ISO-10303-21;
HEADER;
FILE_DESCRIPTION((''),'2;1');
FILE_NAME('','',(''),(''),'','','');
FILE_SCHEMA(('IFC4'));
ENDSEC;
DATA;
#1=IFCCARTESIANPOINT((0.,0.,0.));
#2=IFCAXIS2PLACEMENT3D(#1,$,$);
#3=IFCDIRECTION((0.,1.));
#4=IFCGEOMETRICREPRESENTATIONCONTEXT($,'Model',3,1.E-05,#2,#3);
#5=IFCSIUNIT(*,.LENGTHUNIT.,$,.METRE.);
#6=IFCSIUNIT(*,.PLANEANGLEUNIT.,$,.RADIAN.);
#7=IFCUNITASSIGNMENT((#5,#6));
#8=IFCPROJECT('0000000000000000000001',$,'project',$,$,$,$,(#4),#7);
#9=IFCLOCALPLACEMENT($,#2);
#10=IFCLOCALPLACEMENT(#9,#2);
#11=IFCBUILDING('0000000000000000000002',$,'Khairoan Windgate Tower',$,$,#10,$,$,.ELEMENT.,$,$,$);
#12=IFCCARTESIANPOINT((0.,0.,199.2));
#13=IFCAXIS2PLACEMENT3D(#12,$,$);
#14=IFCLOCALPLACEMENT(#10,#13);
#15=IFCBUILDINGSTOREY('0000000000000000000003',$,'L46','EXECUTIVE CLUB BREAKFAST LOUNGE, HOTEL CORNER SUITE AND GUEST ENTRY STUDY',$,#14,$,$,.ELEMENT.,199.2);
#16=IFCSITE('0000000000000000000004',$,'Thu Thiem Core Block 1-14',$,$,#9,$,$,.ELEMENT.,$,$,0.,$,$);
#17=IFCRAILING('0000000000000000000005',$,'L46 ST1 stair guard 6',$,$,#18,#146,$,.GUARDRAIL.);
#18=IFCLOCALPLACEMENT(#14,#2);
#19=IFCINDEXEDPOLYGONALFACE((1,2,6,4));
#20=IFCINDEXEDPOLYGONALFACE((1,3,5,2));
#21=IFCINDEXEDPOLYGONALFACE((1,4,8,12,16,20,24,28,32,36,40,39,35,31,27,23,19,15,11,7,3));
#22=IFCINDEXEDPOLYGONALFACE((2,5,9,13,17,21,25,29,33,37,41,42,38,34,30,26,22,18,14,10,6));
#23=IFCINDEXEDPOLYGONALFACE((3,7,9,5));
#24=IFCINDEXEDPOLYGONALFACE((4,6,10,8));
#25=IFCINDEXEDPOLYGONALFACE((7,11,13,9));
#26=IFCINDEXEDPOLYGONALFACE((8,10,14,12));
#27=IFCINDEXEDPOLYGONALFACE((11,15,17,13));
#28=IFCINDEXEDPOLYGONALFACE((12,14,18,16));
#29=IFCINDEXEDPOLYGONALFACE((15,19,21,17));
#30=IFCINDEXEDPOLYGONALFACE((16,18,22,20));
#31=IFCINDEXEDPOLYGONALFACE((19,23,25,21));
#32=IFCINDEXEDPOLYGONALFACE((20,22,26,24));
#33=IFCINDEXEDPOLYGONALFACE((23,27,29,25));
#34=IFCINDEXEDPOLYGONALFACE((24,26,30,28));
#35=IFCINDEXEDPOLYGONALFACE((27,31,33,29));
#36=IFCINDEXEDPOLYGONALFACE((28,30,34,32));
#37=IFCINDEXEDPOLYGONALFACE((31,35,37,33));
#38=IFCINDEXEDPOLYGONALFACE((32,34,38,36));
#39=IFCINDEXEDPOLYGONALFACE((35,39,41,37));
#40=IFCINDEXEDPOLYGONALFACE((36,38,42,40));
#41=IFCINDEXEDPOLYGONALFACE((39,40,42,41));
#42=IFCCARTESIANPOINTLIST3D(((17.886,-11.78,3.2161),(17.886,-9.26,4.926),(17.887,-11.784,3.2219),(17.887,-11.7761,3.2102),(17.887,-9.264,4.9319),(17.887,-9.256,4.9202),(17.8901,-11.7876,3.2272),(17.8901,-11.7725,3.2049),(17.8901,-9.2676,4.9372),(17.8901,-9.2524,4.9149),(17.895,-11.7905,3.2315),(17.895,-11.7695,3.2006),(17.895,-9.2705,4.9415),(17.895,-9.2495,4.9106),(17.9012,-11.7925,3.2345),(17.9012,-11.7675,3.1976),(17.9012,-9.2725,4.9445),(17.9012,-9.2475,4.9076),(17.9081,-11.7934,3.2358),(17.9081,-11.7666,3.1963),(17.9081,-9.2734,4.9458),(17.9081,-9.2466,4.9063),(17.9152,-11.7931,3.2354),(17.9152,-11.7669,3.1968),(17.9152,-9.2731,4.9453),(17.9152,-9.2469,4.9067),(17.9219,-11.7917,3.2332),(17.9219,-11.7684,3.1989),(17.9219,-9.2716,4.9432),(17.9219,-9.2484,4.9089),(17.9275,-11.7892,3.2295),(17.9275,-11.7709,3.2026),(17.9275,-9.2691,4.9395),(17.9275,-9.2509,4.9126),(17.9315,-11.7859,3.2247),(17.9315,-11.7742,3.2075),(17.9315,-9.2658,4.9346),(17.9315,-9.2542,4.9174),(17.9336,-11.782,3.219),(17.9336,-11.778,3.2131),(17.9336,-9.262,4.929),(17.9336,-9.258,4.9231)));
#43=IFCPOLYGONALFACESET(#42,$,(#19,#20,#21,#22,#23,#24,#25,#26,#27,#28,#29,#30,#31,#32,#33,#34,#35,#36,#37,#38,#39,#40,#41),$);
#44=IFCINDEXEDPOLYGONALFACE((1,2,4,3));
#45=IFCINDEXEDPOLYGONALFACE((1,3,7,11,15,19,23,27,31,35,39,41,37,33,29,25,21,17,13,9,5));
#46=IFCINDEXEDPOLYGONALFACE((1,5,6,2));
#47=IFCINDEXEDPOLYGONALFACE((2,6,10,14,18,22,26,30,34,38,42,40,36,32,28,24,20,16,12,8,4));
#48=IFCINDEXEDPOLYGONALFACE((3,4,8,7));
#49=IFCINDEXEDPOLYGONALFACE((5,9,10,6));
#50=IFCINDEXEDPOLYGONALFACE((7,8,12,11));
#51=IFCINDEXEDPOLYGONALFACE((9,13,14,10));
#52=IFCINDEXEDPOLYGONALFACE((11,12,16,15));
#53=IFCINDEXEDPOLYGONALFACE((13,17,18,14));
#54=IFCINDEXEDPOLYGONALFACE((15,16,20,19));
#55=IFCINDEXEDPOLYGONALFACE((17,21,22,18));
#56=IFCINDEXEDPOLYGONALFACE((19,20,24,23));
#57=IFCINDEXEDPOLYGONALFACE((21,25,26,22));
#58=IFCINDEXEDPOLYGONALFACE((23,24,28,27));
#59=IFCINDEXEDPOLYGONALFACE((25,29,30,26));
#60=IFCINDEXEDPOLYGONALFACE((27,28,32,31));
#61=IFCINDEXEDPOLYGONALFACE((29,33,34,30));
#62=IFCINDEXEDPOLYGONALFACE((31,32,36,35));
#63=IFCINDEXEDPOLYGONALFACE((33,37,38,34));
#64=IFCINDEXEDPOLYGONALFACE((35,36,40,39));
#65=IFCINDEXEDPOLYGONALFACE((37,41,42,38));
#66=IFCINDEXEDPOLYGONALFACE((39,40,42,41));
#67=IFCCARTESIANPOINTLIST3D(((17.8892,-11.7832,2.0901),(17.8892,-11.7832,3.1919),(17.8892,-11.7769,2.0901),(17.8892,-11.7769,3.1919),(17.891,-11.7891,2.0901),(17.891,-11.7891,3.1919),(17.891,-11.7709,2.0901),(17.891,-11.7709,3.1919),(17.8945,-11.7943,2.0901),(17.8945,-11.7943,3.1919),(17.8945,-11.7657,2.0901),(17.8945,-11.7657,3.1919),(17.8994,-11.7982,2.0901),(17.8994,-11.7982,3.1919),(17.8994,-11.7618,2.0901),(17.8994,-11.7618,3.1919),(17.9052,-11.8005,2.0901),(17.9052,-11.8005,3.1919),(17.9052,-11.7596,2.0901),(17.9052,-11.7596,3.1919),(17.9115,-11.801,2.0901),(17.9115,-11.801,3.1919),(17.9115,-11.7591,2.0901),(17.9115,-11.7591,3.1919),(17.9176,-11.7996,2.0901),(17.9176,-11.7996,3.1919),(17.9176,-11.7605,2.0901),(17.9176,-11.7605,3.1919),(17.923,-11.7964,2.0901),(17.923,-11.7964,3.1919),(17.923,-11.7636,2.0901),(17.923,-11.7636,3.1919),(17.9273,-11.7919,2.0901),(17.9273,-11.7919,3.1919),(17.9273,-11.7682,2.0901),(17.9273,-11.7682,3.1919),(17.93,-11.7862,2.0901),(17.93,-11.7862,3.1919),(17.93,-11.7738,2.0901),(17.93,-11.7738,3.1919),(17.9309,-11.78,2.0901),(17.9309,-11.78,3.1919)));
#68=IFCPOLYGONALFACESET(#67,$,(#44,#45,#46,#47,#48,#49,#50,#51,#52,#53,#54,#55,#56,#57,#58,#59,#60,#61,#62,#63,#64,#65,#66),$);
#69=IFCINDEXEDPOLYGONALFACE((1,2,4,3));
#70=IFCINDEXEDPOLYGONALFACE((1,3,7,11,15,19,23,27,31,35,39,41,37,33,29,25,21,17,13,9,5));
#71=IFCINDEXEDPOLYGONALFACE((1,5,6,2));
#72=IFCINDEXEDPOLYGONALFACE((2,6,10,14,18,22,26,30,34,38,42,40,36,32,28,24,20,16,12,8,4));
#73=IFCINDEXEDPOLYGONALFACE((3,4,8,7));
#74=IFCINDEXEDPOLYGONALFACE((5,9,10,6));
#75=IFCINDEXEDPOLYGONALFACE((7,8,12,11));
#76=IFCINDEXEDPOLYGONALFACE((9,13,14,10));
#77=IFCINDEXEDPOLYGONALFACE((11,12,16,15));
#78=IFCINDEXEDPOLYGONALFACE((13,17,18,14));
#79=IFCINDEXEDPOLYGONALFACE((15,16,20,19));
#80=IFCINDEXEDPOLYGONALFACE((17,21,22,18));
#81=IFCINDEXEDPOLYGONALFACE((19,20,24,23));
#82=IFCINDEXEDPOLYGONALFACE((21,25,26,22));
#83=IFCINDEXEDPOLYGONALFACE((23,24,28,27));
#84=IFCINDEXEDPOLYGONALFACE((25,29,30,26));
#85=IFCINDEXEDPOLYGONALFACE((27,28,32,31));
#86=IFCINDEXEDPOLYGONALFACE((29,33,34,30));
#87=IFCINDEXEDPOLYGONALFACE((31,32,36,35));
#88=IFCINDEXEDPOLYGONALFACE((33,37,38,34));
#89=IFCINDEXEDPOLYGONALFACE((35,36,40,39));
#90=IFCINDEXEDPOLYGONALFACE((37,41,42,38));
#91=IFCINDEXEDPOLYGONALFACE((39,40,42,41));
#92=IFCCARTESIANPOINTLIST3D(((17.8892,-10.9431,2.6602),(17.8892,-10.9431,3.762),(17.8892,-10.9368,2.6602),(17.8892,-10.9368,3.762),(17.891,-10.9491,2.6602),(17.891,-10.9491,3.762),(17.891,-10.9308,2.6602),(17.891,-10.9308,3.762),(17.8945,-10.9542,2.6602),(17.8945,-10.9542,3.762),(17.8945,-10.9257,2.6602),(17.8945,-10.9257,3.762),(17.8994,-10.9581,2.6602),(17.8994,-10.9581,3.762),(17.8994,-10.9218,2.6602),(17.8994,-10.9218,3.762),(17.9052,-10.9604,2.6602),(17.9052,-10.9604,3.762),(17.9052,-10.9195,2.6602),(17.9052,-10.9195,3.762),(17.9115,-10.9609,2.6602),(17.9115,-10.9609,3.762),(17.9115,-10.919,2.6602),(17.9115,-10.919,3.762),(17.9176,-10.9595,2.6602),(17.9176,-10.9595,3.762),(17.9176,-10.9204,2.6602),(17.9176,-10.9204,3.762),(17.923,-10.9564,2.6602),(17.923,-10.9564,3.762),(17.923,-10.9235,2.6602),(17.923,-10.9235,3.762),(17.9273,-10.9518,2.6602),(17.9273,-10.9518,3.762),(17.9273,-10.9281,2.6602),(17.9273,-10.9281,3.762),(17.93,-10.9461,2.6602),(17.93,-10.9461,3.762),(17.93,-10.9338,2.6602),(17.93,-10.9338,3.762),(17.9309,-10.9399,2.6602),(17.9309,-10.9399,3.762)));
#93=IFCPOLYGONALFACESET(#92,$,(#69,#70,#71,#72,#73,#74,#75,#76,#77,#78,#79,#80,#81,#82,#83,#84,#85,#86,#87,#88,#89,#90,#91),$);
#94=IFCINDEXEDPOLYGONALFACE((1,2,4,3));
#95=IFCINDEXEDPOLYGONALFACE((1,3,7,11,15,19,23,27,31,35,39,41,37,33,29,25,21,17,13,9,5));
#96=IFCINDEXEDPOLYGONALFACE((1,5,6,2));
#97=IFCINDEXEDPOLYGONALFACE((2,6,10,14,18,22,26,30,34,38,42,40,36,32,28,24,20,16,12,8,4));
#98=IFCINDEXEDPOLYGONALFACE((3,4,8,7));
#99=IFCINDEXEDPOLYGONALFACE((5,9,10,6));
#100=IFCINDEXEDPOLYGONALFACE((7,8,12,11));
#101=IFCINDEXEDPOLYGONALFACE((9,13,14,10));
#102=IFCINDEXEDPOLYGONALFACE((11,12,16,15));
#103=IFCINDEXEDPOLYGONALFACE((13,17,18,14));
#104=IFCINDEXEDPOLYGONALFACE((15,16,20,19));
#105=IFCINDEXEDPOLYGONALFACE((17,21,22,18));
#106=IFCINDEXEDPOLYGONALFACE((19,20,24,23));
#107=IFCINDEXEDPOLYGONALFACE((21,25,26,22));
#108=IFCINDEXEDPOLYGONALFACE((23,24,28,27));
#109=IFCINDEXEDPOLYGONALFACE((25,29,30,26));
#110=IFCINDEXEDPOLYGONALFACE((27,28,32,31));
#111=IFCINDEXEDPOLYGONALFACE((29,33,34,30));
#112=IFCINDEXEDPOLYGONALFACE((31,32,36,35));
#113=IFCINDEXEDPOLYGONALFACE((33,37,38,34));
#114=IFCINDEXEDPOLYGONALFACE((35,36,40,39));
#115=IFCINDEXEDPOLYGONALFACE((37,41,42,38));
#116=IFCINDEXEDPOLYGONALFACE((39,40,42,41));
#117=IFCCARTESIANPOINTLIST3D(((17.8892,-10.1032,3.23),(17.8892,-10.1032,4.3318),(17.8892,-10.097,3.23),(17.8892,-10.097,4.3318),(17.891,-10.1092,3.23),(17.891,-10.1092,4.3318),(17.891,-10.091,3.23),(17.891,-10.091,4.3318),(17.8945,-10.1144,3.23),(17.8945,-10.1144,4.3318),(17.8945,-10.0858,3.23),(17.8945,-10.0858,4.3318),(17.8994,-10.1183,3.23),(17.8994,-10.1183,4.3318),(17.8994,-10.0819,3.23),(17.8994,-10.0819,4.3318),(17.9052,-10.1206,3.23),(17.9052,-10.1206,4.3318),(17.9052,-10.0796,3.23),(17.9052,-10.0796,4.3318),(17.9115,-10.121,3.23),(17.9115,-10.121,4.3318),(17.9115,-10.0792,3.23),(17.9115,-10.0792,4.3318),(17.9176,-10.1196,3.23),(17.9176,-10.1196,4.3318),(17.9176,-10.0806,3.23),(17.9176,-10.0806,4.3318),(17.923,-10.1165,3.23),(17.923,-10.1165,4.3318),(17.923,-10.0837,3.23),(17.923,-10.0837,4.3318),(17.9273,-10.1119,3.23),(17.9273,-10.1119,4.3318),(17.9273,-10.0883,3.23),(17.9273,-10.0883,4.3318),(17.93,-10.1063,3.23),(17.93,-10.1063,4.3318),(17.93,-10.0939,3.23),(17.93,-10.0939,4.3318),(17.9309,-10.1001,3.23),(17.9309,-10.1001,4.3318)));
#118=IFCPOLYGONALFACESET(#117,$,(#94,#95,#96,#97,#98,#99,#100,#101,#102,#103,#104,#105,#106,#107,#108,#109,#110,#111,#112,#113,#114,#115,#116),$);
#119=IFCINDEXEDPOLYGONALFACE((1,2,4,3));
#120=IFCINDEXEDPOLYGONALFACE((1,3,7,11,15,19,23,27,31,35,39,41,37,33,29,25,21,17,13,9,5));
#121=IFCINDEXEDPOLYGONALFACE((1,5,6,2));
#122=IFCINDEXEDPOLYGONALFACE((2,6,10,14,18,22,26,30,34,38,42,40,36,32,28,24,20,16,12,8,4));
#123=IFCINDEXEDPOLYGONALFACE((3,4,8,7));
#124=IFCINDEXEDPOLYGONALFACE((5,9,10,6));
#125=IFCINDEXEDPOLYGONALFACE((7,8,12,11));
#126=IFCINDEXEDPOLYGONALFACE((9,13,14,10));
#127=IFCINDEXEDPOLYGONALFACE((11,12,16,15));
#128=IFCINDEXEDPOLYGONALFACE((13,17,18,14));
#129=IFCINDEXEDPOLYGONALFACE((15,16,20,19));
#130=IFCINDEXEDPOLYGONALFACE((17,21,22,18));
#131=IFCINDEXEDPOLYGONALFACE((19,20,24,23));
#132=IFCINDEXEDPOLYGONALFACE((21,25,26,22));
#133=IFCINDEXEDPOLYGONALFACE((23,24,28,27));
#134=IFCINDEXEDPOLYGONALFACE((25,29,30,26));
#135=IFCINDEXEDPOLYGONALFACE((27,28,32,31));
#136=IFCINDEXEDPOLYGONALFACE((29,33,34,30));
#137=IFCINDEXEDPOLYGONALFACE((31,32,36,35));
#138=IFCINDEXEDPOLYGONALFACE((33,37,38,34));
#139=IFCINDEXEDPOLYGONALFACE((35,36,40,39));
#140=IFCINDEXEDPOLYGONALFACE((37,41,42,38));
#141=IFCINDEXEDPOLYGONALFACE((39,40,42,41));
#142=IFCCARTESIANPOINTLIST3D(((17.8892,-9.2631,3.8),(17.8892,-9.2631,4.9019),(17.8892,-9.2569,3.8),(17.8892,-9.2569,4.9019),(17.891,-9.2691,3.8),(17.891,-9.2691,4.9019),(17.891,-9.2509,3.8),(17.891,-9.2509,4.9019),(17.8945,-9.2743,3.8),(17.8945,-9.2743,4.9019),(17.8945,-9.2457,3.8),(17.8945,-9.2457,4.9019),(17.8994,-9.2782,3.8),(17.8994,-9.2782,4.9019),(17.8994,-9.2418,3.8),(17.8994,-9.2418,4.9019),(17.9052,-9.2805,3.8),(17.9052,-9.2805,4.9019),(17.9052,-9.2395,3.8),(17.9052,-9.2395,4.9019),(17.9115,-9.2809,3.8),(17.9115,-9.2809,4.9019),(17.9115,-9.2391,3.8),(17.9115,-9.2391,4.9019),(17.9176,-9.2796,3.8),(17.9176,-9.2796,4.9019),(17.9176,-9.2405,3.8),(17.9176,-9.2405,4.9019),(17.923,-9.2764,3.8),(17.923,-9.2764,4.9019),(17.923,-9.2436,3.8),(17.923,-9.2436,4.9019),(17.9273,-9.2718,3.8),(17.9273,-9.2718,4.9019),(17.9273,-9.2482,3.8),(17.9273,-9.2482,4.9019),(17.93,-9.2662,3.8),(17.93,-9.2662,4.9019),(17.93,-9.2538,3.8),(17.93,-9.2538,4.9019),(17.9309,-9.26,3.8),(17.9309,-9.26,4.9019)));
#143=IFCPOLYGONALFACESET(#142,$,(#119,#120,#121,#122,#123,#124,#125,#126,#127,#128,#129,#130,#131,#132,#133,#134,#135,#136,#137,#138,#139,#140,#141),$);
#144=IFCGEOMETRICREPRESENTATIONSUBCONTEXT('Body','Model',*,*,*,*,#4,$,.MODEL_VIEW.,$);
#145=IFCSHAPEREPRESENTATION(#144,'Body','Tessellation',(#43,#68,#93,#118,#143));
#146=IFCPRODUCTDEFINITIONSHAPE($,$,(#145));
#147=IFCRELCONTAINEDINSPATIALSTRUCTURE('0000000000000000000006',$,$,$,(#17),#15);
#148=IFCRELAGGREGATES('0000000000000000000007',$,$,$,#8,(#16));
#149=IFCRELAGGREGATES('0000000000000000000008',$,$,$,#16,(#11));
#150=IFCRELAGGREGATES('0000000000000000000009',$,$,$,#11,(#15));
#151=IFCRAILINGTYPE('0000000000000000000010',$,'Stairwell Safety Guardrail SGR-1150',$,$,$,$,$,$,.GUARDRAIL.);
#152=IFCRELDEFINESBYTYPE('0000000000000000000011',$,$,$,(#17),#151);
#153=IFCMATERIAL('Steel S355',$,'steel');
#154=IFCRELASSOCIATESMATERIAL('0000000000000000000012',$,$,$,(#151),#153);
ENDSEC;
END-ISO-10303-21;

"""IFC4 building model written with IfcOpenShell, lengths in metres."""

from ifc_helpers import new_model, si_unit, direction, frame, origin, origin_2d, place, context, subcontext, project, spatial, circle, extrude, material, type_object, element, save


model = new_model("IFC4")

# Units and contexts
model_context = context("Model", 3, precision=1e-05, world=origin(), true_north=direction((0.0, 1.0)))
body_context = subcontext(model_context, "Body", "Model", "MODEL_VIEW")
ifc_project = project(units=[si_unit("LENGTHUNIT", "METRE"), si_unit("PLANEANGLEUNIT", "RADIAN")], contexts=[model_context])

# Site, building, storey
site_placement = place(None, origin())
site = spatial("IfcSite", under=ifc_project, at=site_placement, Name="Thu Thiem Core Block 1-14", CompositionType="ELEMENT", RefElevation=0.0)
building_placement = place(site_placement, origin())
building = spatial("IfcBuilding", under=site, at=building_placement, Name="Khairoan Windgate Tower", CompositionType="ELEMENT")
storey_placement = place(building_placement, frame((0.0, 0.0, 199.2)))
storey = spatial("IfcBuildingStorey", under=building, at=storey_placement, Name="L46", Description="EXECUTIVE CLUB BREAKFAST LOUNGE, HOTEL CORNER SUITE AND GUEST ENTRY STUDY", CompositionType="ELEMENT", Elevation=199.2)

# Railing
ifc_material_1 = material(Name="Steel S355", Category="steel")
railing_type = type_object("IfcRailingType", Name="Stairwell Safety Guardrail SGR-1150", PredefinedType="GUARDRAIL", material=ifc_material_1)
railing_1_placement = place(storey_placement, frame((17.9099, -11.78, 2.0901)))
element("IfcRailing", 1, at=railing_1_placement, inside=storey, type_object=railing_type, Name="L46 ST1 stair guard 6", PredefinedType="GUARDRAIL", context=body_context, shape_type="SweptSolid", body=[
    extrude(circle(Radius=0.0239, at=origin_2d()), frame((0.0, 0.0, 1.126), z_axis=(0.0, 0.827484, 0.56149), x_axis=(-1.0, 0.0, 0.0)), (0.0, 0.0, 1.0), 3.0454),
    extrude(circle(Radius=0.021, at=origin_2d()), origin(), (0.0, 0.0, 1.0), 1.1018),
    extrude(circle(Radius=0.021, at=origin_2d()), frame((0.0, 0.8401, 0.5701)), (0.0, 0.0, 1.0), 1.1018),
    extrude(circle(Radius=0.021, at=origin_2d()), frame((0.0, 1.6799, 1.1399)), (0.0, 0.0, 1.0), 1.1018),
    extrude(circle(Radius=0.021, at=origin_2d()), frame((0.0, 2.52, 1.71)), (0.0, 0.0, 1.0), 1.1018),
])

save(model, "model.ifc")
